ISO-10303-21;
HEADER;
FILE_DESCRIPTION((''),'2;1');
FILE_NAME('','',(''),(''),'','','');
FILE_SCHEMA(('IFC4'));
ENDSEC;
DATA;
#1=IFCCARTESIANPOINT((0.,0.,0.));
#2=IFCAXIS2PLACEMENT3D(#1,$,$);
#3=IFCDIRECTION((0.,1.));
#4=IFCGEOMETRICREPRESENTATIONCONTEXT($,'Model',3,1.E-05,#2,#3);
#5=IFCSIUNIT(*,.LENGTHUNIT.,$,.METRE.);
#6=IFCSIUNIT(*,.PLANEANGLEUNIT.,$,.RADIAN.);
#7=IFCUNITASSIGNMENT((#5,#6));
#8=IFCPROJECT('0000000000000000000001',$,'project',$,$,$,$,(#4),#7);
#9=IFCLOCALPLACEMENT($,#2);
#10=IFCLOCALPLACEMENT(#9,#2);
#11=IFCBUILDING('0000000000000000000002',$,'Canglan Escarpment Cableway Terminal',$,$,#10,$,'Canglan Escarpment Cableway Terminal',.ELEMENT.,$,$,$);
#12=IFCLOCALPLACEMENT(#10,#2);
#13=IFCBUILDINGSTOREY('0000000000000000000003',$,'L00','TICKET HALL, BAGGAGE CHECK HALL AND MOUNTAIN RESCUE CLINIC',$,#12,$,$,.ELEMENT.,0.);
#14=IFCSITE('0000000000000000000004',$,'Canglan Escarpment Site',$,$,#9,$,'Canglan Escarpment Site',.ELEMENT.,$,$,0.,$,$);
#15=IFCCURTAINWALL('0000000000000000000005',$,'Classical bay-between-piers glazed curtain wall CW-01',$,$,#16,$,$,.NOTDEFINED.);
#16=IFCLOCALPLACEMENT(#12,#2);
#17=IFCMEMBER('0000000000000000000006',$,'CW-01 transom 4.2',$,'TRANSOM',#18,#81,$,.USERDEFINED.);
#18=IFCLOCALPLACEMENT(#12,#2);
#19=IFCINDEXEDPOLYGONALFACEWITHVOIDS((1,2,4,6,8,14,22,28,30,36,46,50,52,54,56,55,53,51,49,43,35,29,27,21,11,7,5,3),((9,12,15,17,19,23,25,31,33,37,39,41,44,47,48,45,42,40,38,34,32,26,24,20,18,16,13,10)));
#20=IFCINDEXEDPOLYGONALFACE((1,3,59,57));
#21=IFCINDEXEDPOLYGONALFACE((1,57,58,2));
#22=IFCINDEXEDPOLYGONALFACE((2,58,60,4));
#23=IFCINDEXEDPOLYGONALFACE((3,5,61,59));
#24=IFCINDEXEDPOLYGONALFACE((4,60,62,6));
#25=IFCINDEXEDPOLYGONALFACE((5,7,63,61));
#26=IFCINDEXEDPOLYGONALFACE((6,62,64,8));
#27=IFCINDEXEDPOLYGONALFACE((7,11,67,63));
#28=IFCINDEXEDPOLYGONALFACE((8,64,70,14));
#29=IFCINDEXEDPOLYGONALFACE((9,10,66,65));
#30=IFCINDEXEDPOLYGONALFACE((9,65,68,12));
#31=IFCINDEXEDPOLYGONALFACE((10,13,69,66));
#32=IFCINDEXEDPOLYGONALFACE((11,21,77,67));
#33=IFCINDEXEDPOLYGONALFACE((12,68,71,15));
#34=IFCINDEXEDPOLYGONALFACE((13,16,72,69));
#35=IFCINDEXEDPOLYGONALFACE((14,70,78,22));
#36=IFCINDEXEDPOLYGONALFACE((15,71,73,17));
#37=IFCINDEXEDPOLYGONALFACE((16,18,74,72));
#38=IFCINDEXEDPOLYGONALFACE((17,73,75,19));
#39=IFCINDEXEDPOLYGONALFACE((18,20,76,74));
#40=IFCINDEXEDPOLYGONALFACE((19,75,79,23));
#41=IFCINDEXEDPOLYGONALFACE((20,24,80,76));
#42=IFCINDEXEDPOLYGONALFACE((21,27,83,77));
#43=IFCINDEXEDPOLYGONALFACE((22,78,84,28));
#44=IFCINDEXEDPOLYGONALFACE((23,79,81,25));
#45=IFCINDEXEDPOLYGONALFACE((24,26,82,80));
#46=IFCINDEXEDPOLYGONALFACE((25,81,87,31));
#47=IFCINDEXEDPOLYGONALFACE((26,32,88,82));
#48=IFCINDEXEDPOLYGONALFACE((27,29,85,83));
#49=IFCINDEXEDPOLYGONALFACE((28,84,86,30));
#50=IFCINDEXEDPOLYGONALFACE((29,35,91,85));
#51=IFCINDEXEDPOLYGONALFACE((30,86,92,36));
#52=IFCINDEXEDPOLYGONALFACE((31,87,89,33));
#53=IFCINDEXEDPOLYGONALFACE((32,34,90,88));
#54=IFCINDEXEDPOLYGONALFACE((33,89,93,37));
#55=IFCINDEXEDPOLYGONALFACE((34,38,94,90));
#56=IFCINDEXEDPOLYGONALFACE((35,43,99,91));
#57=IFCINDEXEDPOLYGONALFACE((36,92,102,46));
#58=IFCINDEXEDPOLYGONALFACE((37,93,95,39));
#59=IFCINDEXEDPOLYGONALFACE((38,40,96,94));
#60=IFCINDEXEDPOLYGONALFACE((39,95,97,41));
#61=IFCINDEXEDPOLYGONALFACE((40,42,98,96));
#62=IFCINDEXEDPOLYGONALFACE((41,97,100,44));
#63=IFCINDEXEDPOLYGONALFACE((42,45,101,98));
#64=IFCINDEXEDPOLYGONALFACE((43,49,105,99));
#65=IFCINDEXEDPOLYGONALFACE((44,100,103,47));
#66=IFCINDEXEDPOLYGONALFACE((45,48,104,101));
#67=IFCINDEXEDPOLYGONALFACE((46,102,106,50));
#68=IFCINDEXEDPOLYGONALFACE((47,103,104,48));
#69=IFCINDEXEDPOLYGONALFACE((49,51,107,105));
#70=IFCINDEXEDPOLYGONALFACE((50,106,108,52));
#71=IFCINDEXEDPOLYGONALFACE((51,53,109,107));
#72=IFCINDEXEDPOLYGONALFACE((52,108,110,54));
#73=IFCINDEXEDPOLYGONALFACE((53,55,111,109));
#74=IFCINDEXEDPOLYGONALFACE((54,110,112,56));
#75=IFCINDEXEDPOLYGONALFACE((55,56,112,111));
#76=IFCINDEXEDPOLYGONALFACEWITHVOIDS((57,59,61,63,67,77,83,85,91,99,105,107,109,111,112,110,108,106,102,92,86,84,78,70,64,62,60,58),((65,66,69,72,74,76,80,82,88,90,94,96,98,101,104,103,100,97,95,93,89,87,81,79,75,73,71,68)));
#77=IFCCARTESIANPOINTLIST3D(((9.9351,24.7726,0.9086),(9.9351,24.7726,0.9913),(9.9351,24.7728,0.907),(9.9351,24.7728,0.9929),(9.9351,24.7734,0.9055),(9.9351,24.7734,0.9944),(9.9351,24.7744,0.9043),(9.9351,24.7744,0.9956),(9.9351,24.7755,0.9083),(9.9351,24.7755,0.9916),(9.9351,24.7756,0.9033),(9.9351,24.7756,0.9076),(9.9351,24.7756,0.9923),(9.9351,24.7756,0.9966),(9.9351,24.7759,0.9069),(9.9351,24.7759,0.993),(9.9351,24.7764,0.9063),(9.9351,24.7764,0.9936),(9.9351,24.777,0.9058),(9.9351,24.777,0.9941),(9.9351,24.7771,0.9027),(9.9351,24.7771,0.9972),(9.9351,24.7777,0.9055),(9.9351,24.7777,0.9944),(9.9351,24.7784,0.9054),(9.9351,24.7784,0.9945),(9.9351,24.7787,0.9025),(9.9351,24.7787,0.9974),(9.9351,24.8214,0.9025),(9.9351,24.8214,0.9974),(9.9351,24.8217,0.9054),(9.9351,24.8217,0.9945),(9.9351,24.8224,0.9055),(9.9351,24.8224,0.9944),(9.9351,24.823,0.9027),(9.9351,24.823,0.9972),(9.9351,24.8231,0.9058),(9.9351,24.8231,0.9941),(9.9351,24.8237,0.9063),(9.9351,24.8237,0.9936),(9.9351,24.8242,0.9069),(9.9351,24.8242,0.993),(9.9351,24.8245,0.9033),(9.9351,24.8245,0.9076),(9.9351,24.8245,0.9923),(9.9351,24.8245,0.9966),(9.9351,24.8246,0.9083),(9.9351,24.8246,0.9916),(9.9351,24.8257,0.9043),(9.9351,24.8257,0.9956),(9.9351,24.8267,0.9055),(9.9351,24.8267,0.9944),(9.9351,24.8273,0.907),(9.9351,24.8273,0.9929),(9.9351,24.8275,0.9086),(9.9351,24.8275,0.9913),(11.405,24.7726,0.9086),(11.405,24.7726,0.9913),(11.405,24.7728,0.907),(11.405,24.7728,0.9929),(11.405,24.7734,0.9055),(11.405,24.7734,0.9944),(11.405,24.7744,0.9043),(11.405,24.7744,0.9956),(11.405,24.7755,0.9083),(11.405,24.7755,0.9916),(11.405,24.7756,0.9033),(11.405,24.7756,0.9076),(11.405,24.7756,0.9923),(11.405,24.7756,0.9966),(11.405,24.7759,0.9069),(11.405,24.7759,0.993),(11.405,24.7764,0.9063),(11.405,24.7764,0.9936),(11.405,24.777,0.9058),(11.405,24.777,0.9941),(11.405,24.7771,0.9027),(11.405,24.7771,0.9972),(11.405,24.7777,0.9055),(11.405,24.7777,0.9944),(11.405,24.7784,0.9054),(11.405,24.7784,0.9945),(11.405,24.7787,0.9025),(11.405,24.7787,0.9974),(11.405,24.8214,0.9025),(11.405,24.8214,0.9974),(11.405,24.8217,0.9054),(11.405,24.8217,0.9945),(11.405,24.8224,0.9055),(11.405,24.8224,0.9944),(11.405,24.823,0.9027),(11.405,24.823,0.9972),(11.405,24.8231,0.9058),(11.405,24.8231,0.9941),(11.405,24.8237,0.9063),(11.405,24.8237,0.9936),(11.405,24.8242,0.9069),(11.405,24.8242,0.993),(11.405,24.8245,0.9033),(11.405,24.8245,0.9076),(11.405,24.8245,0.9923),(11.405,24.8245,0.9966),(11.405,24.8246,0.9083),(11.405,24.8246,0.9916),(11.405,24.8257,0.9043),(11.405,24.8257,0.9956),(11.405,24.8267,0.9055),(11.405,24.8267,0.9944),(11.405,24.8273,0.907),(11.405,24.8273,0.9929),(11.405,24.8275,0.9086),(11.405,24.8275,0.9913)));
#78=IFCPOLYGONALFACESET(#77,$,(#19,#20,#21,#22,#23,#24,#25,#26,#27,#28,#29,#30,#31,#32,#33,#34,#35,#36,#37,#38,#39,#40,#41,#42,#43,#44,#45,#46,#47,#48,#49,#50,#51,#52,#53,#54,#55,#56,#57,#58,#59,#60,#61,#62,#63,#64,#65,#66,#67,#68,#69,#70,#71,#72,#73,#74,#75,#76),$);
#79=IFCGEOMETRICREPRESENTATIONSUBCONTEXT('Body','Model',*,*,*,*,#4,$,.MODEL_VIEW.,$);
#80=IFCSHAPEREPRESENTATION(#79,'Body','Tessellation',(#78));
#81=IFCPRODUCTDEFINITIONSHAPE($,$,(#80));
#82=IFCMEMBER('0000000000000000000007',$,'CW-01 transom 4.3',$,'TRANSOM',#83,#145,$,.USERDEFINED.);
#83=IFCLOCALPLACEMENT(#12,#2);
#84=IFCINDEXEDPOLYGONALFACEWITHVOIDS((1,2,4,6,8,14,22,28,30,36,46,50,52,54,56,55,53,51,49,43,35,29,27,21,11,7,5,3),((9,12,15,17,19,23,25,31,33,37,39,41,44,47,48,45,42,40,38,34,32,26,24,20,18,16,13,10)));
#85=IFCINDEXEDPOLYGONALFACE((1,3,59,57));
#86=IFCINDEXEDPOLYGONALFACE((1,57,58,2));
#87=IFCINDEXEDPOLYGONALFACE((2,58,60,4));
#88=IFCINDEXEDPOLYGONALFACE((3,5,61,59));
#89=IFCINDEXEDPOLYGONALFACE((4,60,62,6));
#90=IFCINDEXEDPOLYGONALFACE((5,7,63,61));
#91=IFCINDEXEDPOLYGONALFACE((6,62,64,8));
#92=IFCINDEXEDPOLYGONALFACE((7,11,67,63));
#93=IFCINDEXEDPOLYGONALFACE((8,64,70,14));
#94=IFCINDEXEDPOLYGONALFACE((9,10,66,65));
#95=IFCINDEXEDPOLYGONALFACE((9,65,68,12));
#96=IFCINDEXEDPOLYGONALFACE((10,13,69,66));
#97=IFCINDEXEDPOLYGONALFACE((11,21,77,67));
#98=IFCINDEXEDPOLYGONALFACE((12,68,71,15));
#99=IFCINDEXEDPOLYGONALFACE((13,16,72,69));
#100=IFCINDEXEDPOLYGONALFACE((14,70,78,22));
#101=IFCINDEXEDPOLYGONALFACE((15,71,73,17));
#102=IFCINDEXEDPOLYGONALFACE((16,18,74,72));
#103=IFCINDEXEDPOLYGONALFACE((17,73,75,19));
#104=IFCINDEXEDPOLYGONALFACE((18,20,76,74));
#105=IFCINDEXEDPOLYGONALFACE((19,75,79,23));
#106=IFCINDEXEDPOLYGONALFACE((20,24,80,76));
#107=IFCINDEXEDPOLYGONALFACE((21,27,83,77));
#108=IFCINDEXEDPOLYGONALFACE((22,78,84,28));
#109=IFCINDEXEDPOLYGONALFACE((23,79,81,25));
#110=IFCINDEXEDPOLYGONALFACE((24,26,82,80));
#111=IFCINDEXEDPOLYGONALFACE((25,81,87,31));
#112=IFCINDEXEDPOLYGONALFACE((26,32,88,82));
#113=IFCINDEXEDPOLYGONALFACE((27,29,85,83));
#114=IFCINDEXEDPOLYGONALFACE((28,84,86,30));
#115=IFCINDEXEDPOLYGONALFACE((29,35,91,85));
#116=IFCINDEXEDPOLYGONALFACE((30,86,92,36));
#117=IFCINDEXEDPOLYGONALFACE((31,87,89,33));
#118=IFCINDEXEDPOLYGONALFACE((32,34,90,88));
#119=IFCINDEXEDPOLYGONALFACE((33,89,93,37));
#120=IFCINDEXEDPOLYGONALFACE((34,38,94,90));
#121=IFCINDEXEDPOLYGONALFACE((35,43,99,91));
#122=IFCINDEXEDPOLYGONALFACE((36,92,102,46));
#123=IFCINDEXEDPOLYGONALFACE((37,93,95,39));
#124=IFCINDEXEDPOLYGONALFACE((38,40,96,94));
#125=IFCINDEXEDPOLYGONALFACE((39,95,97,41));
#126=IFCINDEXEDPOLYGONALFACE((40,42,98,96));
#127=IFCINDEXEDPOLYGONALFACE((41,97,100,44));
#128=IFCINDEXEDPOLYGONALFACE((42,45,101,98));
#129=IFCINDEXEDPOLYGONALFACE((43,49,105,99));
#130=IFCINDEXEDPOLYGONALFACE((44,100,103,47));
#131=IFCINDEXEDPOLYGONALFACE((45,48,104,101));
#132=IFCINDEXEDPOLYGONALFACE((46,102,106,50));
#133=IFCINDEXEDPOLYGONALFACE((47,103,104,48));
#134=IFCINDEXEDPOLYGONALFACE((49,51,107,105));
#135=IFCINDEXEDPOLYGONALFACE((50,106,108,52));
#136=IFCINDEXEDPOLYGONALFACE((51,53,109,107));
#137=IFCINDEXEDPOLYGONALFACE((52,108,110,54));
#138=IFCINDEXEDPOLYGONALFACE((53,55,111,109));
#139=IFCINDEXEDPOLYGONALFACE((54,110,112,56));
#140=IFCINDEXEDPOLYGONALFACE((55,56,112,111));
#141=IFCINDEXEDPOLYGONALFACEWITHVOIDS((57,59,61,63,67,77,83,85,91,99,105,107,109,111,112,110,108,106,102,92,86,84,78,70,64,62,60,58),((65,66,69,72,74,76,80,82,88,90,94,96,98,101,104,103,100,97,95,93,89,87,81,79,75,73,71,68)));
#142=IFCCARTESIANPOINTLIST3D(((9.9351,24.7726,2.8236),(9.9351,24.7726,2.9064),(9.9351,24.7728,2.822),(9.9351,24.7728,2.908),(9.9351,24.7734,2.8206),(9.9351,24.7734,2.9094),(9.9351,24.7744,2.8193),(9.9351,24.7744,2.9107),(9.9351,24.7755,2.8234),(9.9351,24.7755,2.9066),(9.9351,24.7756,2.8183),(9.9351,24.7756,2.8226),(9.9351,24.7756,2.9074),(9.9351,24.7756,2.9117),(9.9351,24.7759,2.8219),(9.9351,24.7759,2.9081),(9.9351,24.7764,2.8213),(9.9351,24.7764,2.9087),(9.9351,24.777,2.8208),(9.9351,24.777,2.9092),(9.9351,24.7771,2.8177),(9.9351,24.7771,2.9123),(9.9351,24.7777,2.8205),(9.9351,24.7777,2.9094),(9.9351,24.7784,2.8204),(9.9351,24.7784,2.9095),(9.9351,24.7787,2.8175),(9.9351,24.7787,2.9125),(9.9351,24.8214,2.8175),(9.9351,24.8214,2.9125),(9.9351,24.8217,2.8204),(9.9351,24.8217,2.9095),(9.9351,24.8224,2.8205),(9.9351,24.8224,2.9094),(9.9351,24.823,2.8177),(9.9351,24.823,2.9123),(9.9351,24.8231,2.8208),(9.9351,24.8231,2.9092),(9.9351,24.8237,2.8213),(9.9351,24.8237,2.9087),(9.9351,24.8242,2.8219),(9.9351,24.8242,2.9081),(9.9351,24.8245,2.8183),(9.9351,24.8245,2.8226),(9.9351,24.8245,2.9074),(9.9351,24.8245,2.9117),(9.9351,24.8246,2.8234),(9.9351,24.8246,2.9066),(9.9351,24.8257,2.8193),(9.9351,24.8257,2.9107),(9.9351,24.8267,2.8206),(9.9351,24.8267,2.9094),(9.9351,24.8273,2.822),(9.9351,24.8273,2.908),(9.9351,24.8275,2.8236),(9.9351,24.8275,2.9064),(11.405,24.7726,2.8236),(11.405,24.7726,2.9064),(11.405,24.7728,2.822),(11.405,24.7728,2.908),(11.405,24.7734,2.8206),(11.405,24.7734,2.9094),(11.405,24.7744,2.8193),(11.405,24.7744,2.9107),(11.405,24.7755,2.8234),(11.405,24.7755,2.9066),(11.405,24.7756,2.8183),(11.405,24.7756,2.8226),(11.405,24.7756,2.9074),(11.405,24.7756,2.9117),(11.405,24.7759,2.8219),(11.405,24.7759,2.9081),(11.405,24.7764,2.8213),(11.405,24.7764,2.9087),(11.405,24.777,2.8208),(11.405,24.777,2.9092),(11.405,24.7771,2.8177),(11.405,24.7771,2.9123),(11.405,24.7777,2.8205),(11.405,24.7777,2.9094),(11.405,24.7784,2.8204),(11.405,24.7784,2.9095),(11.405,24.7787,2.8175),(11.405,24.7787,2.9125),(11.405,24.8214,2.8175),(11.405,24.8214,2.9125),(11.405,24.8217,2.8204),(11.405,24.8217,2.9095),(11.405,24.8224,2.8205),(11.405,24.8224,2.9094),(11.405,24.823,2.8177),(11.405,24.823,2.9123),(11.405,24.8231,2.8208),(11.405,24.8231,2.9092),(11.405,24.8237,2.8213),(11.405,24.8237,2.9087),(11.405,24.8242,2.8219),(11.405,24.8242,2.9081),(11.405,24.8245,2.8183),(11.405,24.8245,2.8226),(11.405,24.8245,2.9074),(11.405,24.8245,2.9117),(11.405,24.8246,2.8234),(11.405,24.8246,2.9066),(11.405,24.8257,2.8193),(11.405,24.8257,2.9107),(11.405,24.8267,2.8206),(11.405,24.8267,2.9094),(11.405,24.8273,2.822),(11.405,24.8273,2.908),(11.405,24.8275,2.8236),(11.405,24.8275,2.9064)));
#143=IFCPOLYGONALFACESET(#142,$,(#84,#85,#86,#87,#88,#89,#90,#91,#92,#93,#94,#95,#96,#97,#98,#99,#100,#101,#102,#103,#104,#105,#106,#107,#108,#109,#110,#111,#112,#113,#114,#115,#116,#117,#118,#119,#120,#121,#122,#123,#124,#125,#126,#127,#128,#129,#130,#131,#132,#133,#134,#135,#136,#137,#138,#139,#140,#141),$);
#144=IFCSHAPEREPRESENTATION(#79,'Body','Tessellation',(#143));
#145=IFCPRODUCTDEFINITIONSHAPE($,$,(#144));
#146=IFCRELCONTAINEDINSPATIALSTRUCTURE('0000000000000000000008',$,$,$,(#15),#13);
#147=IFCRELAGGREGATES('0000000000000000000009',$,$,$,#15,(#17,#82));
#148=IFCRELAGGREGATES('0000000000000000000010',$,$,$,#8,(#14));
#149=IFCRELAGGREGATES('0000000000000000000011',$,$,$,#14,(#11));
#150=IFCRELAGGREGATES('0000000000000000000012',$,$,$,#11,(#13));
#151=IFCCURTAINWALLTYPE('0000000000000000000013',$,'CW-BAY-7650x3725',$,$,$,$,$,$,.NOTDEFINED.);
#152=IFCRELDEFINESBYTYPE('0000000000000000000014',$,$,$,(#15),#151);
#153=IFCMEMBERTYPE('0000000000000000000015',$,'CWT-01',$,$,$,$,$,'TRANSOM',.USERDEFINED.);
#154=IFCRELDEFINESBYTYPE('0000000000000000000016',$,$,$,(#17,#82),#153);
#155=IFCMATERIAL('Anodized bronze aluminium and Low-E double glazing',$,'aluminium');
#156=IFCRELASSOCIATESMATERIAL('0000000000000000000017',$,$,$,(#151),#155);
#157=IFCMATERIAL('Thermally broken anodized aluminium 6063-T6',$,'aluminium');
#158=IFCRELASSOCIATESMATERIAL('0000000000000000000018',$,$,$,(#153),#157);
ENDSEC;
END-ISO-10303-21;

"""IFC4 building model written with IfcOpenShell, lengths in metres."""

from ifc_helpers import new_model, si_unit, direction, frame, origin, origin_2d, place, context, subcontext, project, spatial, hollow_rectangle, extrude, material, material_profile, profile_set, type_object, element, aggregate, save


model = new_model("IFC4")

# Units and contexts
model_context = context("Model", 3, precision=1e-05, world=origin(), true_north=direction((0.0, 1.0)))
body_context = subcontext(model_context, "Body", "Model", "MODEL_VIEW")
ifc_project = project(units=[si_unit("LENGTHUNIT", "METRE"), si_unit("PLANEANGLEUNIT", "RADIAN")], contexts=[model_context])

# Site, building, storey
site_placement = place(None, origin())
site = spatial("IfcSite", under=ifc_project, at=site_placement, Name="Canglan Escarpment Site", LongName="Canglan Escarpment Site", CompositionType="ELEMENT", RefElevation=0.0)
building_placement = place(site_placement, origin())
building = spatial("IfcBuilding", under=site, at=building_placement, Name="Canglan Escarpment Cableway Terminal", LongName="Canglan Escarpment Cableway Terminal", CompositionType="ELEMENT")
storey_placement = place(building_placement, origin())
storey = spatial("IfcBuildingStorey", under=building, at=storey_placement, Name="L00", Description="TICKET HALL, BAGGAGE CHECK HALL AND MOUNTAIN RESCUE CLINIC", CompositionType="ELEMENT", Elevation=0.0)

# Curtain wall, members
ifc_material_1 = material(Name="Anodized bronze aluminium and Low-E double glazing", Category="aluminium")
curtain_wall_type = type_object("IfcCurtainWallType", Name="CW-BAY-7650x3725", PredefinedType="NOTDEFINED", material=ifc_material_1)
curtain_wall_placement = place(storey_placement, origin())
curtain_wall = element("IfcCurtainWall", 1, at=curtain_wall_placement, inside=storey, type_object=curtain_wall_type, Name="Classical bay-between-piers glazed curtain wall CW-01", PredefinedType="NOTDEFINED")
ifc_material_2 = material(Name="Thermally broken anodized aluminium 6063-T6", Category="aluminium")
ifc_material_profile_1 = material_profile(ifc_material_2, hollow_rectangle(XDim=0.0549, YDim=0.095, WallThickness=0.0029, InnerFilletRadius=0.0029, OuterFilletRadius=0.0061, at=origin_2d()), Name="ALU-TRAN 55x95x3")
ifc_profile_set_1 = profile_set([ifc_material_profile_1], Name="Thermally broken anodized aluminium 6063-T6")
member_type_1 = type_object("IfcMemberType", Name="CWT-01", ElementType="TRANSOM", PredefinedType="USERDEFINED", material=ifc_profile_set_1)
member_1_placement = place(storey_placement, frame((11.405, 24.8, 0.95), z_axis=(-1.0, 0.0, 0.0), x_axis=(0.0, -1.0, 0.0)))
member_1 = element("IfcMember", 2, at=member_1_placement, type_object=member_type_1, Name="CW-01 transom 4.2", ObjectType="TRANSOM", PredefinedType="USERDEFINED", context=body_context, shape_type="SweptSolid", body=[
    extrude(hollow_rectangle(XDim=0.0549, YDim=0.095, WallThickness=0.0029, InnerFilletRadius=0.0029, OuterFilletRadius=0.0061, at=origin_2d()), origin(), (0.0, 0.0, 1.0), 1.47),
])
member_2_placement = place(storey_placement, frame((11.405, 24.8, 2.865), z_axis=(-1.0, 0.0, 0.0), x_axis=(0.0, -1.0, 0.0)))
member_2 = element("IfcMember", 3, at=member_2_placement, type_object=member_type_1, Name="CW-01 transom 4.3", ObjectType="TRANSOM", PredefinedType="USERDEFINED", context=body_context, shape_type="SweptSolid", body=[
    extrude(hollow_rectangle(XDim=0.0549, YDim=0.095, WallThickness=0.0029, InnerFilletRadius=0.0029, OuterFilletRadius=0.0061, at=origin_2d()), origin(), (0.0, 0.0, 1.0), 1.47),
])
aggregate(curtain_wall, [member_1, member_2])

save(model, "model.ifc")
